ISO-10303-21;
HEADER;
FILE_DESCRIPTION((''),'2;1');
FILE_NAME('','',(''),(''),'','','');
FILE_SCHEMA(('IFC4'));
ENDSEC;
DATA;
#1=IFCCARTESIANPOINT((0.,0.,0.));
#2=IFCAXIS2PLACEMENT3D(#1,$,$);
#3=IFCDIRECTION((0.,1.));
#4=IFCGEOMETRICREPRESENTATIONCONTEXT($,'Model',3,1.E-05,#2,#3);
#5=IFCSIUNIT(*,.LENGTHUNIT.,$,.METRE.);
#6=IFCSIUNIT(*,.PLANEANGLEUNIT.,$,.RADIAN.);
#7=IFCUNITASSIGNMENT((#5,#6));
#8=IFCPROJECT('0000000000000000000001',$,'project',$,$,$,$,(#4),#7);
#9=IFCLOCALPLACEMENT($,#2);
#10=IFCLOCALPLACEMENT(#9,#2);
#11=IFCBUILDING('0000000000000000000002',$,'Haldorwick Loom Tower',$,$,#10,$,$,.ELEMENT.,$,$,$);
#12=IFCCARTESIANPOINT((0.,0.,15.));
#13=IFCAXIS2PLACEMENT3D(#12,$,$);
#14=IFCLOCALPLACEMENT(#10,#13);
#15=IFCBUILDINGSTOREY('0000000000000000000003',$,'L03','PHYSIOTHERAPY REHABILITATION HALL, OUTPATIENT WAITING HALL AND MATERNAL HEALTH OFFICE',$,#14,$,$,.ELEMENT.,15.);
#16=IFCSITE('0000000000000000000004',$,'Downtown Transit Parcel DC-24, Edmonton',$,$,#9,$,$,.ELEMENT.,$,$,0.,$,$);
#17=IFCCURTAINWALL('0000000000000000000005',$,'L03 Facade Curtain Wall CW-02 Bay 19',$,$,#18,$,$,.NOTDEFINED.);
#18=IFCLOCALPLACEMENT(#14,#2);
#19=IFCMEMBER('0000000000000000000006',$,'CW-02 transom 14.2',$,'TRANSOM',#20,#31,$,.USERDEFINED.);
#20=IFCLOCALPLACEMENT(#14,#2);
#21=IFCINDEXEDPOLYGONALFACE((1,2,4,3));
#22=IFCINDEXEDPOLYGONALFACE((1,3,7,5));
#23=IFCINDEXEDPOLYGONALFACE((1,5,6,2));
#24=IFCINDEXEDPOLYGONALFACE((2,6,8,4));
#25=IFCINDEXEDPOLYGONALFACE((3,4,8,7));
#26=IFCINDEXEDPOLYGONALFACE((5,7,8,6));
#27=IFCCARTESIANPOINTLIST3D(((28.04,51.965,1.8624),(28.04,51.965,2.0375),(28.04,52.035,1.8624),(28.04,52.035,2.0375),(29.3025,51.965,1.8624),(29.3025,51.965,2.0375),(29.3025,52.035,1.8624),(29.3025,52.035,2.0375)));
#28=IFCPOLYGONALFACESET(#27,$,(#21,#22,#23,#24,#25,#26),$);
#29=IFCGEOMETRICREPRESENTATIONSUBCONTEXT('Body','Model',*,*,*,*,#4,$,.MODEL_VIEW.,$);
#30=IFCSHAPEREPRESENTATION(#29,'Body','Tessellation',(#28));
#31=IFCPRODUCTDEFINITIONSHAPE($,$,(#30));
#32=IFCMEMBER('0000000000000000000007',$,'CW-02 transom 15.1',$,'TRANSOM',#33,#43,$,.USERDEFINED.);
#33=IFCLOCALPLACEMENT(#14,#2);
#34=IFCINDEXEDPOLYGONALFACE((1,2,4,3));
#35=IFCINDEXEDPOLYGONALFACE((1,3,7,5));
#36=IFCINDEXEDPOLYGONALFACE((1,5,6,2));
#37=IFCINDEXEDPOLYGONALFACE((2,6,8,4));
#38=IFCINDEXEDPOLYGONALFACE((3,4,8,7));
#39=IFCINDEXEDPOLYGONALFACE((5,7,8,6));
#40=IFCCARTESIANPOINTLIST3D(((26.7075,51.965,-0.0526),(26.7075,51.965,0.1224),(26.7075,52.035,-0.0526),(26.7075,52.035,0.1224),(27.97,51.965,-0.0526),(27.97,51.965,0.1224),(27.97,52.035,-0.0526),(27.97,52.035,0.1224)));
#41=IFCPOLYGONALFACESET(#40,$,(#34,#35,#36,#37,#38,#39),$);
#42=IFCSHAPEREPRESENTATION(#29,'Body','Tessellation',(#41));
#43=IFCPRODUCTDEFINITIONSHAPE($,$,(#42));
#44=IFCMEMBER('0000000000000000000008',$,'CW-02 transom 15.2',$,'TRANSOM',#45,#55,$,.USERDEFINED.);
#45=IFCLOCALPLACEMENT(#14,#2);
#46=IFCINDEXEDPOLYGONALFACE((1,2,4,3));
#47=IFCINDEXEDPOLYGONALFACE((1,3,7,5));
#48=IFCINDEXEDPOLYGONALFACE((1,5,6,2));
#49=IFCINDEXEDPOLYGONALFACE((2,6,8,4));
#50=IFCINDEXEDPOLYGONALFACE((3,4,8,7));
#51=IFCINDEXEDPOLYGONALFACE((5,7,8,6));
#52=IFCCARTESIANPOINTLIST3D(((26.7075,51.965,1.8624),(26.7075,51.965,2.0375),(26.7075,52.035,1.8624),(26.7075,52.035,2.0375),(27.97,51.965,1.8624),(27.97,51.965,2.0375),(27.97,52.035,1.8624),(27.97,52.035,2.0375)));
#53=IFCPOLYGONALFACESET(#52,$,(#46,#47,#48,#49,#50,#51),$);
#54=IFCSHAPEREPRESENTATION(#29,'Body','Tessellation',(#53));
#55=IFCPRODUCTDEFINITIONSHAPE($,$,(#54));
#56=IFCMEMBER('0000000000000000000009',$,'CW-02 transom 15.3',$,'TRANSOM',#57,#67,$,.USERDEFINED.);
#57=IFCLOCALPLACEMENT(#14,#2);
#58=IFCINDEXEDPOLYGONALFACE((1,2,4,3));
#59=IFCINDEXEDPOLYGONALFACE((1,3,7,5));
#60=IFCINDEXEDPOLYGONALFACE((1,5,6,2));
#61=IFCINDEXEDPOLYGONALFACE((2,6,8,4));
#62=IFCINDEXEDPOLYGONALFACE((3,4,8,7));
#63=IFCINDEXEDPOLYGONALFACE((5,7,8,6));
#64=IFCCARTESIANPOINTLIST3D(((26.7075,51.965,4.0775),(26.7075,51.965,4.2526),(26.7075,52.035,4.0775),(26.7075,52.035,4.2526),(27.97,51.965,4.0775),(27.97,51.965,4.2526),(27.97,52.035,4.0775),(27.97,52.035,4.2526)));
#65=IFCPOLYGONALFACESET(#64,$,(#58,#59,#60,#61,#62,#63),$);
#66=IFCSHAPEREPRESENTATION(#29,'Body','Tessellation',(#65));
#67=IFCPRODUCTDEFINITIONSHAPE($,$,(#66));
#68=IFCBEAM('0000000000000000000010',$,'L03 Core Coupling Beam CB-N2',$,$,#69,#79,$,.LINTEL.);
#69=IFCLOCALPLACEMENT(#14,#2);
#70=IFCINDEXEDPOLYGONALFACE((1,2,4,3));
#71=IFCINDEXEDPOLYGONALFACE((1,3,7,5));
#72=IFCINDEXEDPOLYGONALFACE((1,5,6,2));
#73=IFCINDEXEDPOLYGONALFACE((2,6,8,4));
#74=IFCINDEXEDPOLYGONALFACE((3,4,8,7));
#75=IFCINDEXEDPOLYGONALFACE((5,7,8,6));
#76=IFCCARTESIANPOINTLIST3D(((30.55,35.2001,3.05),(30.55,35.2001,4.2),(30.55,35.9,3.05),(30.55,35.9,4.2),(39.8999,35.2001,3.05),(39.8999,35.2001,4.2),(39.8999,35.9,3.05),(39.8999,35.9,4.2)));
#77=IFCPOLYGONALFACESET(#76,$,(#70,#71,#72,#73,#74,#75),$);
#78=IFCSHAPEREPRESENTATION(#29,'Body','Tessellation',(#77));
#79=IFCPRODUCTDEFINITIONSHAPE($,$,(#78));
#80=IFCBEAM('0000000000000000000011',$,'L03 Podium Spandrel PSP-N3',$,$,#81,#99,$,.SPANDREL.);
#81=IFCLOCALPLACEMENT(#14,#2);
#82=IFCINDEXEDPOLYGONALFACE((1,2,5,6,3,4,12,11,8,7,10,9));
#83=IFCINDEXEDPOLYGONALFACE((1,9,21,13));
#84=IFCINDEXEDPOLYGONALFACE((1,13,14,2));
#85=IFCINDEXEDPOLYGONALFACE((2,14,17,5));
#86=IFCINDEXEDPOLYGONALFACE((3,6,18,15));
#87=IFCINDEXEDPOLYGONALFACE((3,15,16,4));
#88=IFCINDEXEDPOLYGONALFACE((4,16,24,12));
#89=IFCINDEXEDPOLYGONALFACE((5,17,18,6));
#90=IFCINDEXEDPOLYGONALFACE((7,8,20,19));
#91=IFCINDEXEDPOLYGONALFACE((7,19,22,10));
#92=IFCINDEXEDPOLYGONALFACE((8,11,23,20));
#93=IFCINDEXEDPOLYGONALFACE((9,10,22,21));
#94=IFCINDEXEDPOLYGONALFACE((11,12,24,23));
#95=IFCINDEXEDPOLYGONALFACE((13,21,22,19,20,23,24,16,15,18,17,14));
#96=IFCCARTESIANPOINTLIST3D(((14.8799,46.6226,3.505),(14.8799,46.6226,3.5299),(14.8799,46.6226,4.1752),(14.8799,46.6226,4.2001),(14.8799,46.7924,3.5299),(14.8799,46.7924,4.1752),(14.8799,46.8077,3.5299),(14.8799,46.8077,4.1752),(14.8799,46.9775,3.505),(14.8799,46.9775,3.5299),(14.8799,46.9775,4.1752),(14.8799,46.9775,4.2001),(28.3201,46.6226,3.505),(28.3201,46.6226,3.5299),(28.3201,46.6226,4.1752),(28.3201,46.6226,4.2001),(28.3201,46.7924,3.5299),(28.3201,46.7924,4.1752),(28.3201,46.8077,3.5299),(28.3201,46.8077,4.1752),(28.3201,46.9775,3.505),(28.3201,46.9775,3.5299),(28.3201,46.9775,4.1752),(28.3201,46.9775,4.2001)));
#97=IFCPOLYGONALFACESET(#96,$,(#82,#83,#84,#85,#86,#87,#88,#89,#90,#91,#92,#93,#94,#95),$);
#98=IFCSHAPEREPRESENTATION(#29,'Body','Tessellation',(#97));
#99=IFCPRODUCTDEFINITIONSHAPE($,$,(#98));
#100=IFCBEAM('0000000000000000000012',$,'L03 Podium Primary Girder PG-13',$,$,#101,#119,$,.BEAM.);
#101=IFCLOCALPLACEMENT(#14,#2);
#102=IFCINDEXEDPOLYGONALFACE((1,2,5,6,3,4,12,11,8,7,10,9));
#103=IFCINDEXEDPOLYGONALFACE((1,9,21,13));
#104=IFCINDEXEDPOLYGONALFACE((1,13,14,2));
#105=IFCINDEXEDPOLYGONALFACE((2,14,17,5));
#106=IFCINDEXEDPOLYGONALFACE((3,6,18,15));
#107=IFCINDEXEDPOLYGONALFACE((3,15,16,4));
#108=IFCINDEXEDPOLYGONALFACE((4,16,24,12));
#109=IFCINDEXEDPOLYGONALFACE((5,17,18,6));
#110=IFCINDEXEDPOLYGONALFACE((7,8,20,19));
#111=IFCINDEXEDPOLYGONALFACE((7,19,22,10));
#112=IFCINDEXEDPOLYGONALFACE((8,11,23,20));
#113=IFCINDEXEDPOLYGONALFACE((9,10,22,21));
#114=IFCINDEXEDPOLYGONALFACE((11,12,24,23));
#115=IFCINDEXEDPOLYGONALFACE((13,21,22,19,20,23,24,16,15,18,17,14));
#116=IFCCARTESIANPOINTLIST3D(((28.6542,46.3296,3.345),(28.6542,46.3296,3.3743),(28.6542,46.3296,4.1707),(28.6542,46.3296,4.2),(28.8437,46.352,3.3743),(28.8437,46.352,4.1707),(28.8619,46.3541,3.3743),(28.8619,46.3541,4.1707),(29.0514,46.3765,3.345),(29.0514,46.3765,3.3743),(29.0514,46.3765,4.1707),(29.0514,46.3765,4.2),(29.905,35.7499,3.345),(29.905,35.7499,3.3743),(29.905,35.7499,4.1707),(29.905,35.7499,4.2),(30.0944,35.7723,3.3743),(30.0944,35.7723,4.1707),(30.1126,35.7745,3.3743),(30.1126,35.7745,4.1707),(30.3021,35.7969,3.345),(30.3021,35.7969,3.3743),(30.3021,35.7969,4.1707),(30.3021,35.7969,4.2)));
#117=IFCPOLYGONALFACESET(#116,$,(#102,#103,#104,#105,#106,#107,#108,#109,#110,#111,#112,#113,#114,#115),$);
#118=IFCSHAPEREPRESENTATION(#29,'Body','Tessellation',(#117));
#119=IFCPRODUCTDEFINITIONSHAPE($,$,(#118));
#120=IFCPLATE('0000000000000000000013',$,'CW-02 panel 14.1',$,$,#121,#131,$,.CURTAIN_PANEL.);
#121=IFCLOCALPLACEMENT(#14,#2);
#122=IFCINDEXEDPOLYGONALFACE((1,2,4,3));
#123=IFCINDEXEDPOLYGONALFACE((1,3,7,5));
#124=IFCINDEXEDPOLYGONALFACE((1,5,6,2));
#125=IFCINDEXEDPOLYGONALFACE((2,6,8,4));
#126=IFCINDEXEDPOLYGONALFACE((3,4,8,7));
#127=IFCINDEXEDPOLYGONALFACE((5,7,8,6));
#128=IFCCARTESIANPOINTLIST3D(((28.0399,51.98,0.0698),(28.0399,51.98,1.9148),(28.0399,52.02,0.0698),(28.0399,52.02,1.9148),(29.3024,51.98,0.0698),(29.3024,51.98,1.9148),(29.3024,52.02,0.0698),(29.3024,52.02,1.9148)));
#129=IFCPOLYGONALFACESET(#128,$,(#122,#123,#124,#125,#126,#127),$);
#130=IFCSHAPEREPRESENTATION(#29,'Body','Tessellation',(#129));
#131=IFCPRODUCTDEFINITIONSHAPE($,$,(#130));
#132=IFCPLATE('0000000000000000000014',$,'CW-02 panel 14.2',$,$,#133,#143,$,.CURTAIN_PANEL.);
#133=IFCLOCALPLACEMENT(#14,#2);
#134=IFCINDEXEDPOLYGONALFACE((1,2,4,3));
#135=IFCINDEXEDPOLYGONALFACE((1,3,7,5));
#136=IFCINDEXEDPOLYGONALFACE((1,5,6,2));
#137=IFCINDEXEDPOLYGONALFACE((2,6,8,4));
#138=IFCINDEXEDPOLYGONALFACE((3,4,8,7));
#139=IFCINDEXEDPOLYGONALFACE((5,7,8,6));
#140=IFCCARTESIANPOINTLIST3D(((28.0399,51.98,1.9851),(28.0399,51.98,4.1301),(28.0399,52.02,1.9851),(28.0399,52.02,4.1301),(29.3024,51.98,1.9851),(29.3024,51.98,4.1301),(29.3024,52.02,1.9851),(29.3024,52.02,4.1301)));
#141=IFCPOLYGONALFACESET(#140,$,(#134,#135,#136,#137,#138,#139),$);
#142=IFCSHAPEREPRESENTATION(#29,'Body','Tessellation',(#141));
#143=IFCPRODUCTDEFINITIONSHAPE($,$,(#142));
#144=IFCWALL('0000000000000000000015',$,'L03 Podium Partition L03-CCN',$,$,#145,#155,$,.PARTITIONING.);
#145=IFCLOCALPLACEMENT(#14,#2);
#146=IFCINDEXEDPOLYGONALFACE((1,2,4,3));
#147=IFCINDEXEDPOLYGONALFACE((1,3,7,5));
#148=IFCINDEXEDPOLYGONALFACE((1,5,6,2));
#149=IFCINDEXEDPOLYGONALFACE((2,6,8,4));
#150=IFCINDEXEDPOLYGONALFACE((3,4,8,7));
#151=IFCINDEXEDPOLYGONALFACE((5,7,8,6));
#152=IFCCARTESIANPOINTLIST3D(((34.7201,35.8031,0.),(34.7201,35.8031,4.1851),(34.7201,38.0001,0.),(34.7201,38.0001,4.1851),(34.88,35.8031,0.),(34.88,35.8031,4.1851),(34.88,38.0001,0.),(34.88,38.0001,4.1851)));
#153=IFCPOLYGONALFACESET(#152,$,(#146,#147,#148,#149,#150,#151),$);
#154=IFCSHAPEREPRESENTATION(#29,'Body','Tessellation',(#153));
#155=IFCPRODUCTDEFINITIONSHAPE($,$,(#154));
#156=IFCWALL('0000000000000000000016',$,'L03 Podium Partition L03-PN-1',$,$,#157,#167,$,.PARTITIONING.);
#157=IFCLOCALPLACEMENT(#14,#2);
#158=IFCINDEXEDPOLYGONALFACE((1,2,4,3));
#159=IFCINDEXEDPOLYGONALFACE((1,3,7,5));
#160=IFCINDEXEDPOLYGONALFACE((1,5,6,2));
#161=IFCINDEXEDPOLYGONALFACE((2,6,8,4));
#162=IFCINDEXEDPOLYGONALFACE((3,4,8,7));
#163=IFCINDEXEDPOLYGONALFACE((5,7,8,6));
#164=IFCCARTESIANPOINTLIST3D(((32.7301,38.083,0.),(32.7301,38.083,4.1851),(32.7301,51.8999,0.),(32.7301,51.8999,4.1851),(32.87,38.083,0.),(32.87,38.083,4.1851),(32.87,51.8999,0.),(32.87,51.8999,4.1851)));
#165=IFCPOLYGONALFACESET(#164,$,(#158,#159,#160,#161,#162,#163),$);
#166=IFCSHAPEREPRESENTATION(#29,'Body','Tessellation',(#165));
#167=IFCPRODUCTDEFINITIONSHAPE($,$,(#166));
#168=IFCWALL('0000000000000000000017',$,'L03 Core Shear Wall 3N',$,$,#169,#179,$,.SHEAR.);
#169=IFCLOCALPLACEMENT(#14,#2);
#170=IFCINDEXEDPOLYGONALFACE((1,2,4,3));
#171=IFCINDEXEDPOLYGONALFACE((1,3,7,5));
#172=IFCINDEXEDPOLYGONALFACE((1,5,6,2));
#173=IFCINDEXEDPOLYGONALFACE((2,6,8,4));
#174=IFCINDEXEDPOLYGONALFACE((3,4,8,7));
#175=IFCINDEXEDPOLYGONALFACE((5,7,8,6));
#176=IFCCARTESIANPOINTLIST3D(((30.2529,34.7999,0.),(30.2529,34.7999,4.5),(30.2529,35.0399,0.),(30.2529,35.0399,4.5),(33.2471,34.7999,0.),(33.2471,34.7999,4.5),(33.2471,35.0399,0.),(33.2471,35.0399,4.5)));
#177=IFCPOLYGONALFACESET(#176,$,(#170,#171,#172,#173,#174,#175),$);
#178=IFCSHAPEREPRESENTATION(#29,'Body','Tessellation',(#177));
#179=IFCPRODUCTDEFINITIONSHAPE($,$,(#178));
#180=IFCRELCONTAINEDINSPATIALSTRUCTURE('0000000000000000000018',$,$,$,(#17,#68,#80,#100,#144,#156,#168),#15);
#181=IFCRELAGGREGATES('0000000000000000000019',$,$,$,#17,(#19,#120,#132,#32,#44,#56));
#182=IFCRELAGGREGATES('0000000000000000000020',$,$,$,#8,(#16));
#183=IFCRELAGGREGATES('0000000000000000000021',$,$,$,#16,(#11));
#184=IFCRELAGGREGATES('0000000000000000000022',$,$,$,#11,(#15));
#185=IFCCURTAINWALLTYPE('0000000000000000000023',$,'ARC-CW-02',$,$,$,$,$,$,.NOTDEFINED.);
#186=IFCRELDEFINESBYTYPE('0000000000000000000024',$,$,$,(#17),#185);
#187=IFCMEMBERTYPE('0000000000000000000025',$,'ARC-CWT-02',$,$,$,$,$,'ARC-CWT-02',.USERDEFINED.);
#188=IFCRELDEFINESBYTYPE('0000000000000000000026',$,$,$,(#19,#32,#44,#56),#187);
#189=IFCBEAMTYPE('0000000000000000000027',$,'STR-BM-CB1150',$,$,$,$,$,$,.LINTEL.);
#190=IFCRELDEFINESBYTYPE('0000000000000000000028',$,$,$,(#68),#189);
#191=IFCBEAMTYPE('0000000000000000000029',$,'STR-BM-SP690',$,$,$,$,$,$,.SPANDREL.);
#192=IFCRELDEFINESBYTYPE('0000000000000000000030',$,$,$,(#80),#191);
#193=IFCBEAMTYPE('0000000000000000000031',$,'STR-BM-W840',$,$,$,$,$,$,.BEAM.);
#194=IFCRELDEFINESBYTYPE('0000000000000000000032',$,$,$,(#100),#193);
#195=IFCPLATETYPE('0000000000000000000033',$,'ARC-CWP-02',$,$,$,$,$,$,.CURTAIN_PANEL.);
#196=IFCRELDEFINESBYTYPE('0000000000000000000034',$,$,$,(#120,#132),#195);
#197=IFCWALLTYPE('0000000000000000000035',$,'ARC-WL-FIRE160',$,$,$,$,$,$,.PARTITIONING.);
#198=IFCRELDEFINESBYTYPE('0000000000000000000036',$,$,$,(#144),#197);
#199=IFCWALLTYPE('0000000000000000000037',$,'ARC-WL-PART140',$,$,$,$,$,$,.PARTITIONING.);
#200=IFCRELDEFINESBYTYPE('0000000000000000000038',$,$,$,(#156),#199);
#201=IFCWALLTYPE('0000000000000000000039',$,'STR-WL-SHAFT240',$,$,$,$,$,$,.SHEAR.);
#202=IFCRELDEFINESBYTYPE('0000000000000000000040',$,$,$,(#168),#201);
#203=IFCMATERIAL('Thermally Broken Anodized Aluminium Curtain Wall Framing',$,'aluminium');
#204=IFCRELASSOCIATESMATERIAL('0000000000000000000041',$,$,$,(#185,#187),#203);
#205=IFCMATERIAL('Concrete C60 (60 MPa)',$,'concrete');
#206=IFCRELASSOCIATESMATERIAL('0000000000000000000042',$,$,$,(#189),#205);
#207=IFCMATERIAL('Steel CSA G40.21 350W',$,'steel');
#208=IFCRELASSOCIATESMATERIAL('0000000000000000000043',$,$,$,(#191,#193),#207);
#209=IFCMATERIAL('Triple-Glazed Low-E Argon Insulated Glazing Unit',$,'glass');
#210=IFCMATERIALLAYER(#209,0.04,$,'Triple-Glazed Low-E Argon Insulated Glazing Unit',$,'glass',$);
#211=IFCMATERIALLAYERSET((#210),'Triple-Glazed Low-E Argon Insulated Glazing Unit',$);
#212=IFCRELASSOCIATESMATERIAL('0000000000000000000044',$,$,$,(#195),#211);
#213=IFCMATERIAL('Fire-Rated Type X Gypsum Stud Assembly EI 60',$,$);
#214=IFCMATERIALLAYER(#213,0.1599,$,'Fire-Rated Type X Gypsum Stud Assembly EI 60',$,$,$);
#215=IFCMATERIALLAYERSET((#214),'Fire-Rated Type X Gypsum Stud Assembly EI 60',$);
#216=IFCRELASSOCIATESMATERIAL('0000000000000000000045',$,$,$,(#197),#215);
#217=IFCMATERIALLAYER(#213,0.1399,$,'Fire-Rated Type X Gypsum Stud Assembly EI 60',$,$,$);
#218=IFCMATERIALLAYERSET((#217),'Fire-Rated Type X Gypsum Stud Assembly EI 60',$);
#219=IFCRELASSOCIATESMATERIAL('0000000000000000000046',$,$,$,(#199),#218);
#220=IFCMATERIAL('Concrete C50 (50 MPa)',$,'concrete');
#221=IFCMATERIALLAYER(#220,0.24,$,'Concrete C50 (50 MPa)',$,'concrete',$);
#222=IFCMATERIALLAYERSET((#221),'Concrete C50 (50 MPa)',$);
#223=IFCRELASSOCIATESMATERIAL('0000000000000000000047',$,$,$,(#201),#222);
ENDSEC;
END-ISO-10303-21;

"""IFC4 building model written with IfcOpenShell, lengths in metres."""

from ifc_helpers import new_model, si_unit, direction, frame, frame_2d, origin, origin_2d, place, context, subcontext, project, spatial, rectangle, i_section, extrude, material, layer, layer_set, material_profile, profile_set, type_object, element, aggregate, save


model = new_model("IFC4")

# Units and contexts
model_context = context("Model", 3, precision=1e-05, world=origin(), true_north=direction((0.0, 1.0)))
body_context = subcontext(model_context, "Body", "Model", "MODEL_VIEW")
ifc_project = project(units=[si_unit("LENGTHUNIT", "METRE"), si_unit("PLANEANGLEUNIT", "RADIAN")], contexts=[model_context])

# Site, building, storey
site_placement = place(None, origin())
site = spatial("IfcSite", under=ifc_project, at=site_placement, Name="Downtown Transit Parcel DC-24, Edmonton", CompositionType="ELEMENT", RefElevation=0.0)
building_placement = place(site_placement, origin())
building = spatial("IfcBuilding", under=site, at=building_placement, Name="Haldorwick Loom Tower", CompositionType="ELEMENT")
storey_placement = place(building_placement, frame((0.0, 0.0, 15.0)))
storey = spatial("IfcBuildingStorey", under=building, at=storey_placement, Name="L03", Description="PHYSIOTHERAPY REHABILITATION HALL, OUTPATIENT WAITING HALL AND MATERNAL HEALTH OFFICE", CompositionType="ELEMENT", Elevation=15.0)

# Shared definitions
ifc_material_1 = material(Name="Concrete C60 (60 MPa)", Category="concrete")

# Curtain wall, members
ifc_material_2 = material(Name="Thermally Broken Anodized Aluminium Curtain Wall Framing", Category="aluminium")
curtain_wall_type = type_object("IfcCurtainWallType", Name="ARC-CW-02", PredefinedType="NOTDEFINED", material=ifc_material_2)
curtain_wall_placement = place(storey_placement, origin())
curtain_wall = element("IfcCurtainWall", 1, at=curtain_wall_placement, inside=storey, type_object=curtain_wall_type, Name="L03 Facade Curtain Wall CW-02 Bay 19", PredefinedType="NOTDEFINED")
ifc_material_profile_1 = material_profile(ifc_material_2, rectangle(XDim=0.0701, YDim=0.175, at=origin_2d()), Name="ALU_TRN_70X175", Category="aluminium")
ifc_profile_set_1 = profile_set([ifc_material_profile_1], Name="Thermally Broken Anodized Aluminium Curtain Wall Framing")
member_type_1 = type_object("IfcMemberType", Name="ARC-CWT-02", ElementType="ARC-CWT-02", PredefinedType="USERDEFINED", material=ifc_profile_set_1)
member_1_placement = place(storey_placement, frame((29.3025, 52.0, 1.95), z_axis=(-1.0, 0.0, 0.0), x_axis=(0.0, -1.0, 0.0)))
member_1 = element("IfcMember", 2, at=member_1_placement, type_object=member_type_1, Name="CW-02 transom 14.2", ObjectType="TRANSOM", PredefinedType="USERDEFINED", context=body_context, shape_type="SweptSolid", body=[
    extrude(rectangle(XDim=0.0701, YDim=0.175, at=origin_2d()), origin(), (0.0, 0.0, 1.0), 1.2625),
])
member_2_placement = place(storey_placement, frame((27.97, 52.0, 0.0349), z_axis=(-1.0, 0.0, 0.0), x_axis=(0.0, -1.0, 0.0)))
member_2 = element("IfcMember", 3, at=member_2_placement, type_object=member_type_1, Name="CW-02 transom 15.1", ObjectType="TRANSOM", PredefinedType="USERDEFINED", context=body_context, shape_type="SweptSolid", body=[
    extrude(rectangle(XDim=0.0701, YDim=0.175, at=origin_2d()), origin(), (0.0, 0.0, 1.0), 1.2625),
])
member_3_placement = place(storey_placement, frame((27.97, 52.0, 1.95), z_axis=(-1.0, 0.0, 0.0), x_axis=(0.0, -1.0, 0.0)))
member_3 = element("IfcMember", 4, at=member_3_placement, type_object=member_type_1, Name="CW-02 transom 15.2", ObjectType="TRANSOM", PredefinedType="USERDEFINED", context=body_context, shape_type="SweptSolid", body=[
    extrude(rectangle(XDim=0.0701, YDim=0.175, at=origin_2d()), origin(), (0.0, 0.0, 1.0), 1.2625),
])
member_4_placement = place(storey_placement, frame((27.97, 52.0, 4.165), z_axis=(-1.0, 0.0, 0.0), x_axis=(0.0, -1.0, 0.0)))
member_4 = element("IfcMember", 5, at=member_4_placement, type_object=member_type_1, Name="CW-02 transom 15.3", ObjectType="TRANSOM", PredefinedType="USERDEFINED", context=body_context, shape_type="SweptSolid", body=[
    extrude(rectangle(XDim=0.0701, YDim=0.175, at=origin_2d()), origin(), (0.0, 0.0, 1.0), 1.2625),
])

# Beams
ifc_material_profile_2 = material_profile(ifc_material_1, rectangle(XDim=0.7, YDim=1.1499, at=origin_2d()), Name="RC700X1150", Category="concrete")
ifc_profile_set_2 = profile_set([ifc_material_profile_2], Name="Concrete C60 (60 MPa)")
beam_type_1 = type_object("IfcBeamType", Name="STR-BM-CB1150", PredefinedType="LINTEL", material=ifc_profile_set_2)
beam_1_placement = place(storey_placement, frame((30.55, 35.55, 3.625), z_axis=(1.0, 0.0, 0.0), x_axis=(0.0, 1.0, 0.0)))
element("IfcBeam", 6, at=beam_1_placement, inside=storey, type_object=beam_type_1, Name="L03 Core Coupling Beam CB-N2", PredefinedType="LINTEL", context=body_context, shape_type="SweptSolid", body=[
    extrude(rectangle(XDim=0.7, YDim=1.1499, at=origin_2d()), origin(), (0.0, 0.0, 1.0), 9.3499),
])
ifc_material_3 = material(Name="Steel CSA G40.21 350W", Category="steel")
ifc_material_profile_3 = material_profile(ifc_material_3, i_section(OverallWidth=0.355, OverallDepth=0.6951, WebThickness=0.0154, FlangeThickness=0.0249, at=origin_2d()), Name="W690X217", Category="steel")
ifc_profile_set_3 = profile_set([ifc_material_profile_3], Name="Steel CSA G40.21 350W")
beam_type_2 = type_object("IfcBeamType", Name="STR-BM-SP690", PredefinedType="SPANDREL", material=ifc_profile_set_3)
beam_2_placement = place(storey_placement, frame((28.3201, 46.8, 3.8525), z_axis=(-1.0, 0.0, 0.0), x_axis=(0.0, -1.0, 0.0)))
element("IfcBeam", 7, at=beam_2_placement, inside=storey, type_object=beam_type_2, Name="L03 Podium Spandrel PSP-N3", PredefinedType="SPANDREL", context=body_context, shape_type="SweptSolid", body=[
    extrude(i_section(OverallWidth=0.355, OverallDepth=0.6951, WebThickness=0.0154, FlangeThickness=0.0249, at=origin_2d()), origin(), (0.0, 0.0, 1.0), 13.4402),
])
ifc_material_profile_4 = material_profile(ifc_material_3, i_section(OverallWidth=0.3999, OverallDepth=0.855, WebThickness=0.0183, FlangeThickness=0.0293, at=origin_2d()), Name="W840X299", Category="steel")
ifc_profile_set_4 = profile_set([ifc_material_profile_4], Name="Steel CSA G40.21 350W")
beam_type_3 = type_object("IfcBeamType", Name="STR-BM-W840", PredefinedType="BEAM", material=ifc_profile_set_4)
beam_3_placement = place(storey_placement, frame((28.8528, 46.353, 3.7725), z_axis=(0.117404, -0.993084, 0.0), x_axis=(0.993084, 0.117404, 0.0)))
element("IfcBeam", 8, at=beam_3_placement, inside=storey, type_object=beam_type_3, Name="L03 Podium Primary Girder PG-13", PredefinedType="BEAM", context=body_context, shape_type="SweptSolid", body=[
    extrude(i_section(OverallWidth=0.3999, OverallDepth=0.855, WebThickness=0.0183, FlangeThickness=0.0293, at=origin_2d()), origin(), (0.0, 0.0, 1.0), 10.6533),
])

# Plates
ifc_material_4 = material(Name="Triple-Glazed Low-E Argon Insulated Glazing Unit", Category="glass")
ifc_layer_1 = layer(ifc_material_4, 0.04, Name="Triple-Glazed Low-E Argon Insulated Glazing Unit", Category="glass")
ifc_layer_set_1 = layer_set([ifc_layer_1], Name="Triple-Glazed Low-E Argon Insulated Glazing Unit")
plate_type = type_object("IfcPlateType", Name="ARC-CWP-02", PredefinedType="CURTAIN_PANEL", material=ifc_layer_set_1)
plate_1_placement = place(storey_placement, frame((28.6711, 52.0, 0.0698), z_axis=(0.0, 0.0, 1.0), x_axis=(-1.0, 0.0, 0.0)))
plate_1 = element("IfcPlate", 9, at=plate_1_placement, type_object=plate_type, Name="CW-02 panel 14.1", PredefinedType="CURTAIN_PANEL", context=body_context, shape_type="SweptSolid", body=[
    extrude(rectangle(XDim=1.2625, YDim=0.04, at=origin_2d()), origin(), (0.0, 0.0, 1.0), 1.845),
])
plate_2_placement = place(storey_placement, frame((28.6711, 52.0, 1.9851), z_axis=(0.0, 0.0, 1.0), x_axis=(-1.0, 0.0, 0.0)))
plate_2 = element("IfcPlate", 10, at=plate_2_placement, type_object=plate_type, Name="CW-02 panel 14.2", PredefinedType="CURTAIN_PANEL", context=body_context, shape_type="SweptSolid", body=[
    extrude(rectangle(XDim=1.2625, YDim=0.04, at=origin_2d()), origin(), (0.0, 0.0, 1.0), 2.145),
])
aggregate(curtain_wall, [member_1, plate_1, plate_2, member_2, member_3, member_4])

# Walls
ifc_material_5 = material(Name="Fire-Rated Type X Gypsum Stud Assembly EI 60")
ifc_layer_2 = layer(ifc_material_5, 0.1599, Name="Fire-Rated Type X Gypsum Stud Assembly EI 60")
ifc_layer_set_2 = layer_set([ifc_layer_2], Name="Fire-Rated Type X Gypsum Stud Assembly EI 60")
wall_type_1 = type_object("IfcWallType", Name="ARC-WL-FIRE160", PredefinedType="PARTITIONING", material=ifc_layer_set_2)
wall_1_placement = place(storey_placement, frame((34.8, 35.803, 0.0), z_axis=(0.0, 0.0, 1.0), x_axis=(0.0, 1.0, 0.0)))
element("IfcWall", 11, at=wall_1_placement, inside=storey, type_object=wall_type_1, Name="L03 Podium Partition L03-CCN", PredefinedType="PARTITIONING", context=body_context, shape_type="SweptSolid", body=[
    extrude(rectangle(XDim=2.197, YDim=0.1599, at=frame_2d((1.0986, 0.0))), origin(), (0.0, 0.0, 1.0), 4.1851),
])
ifc_layer_3 = layer(ifc_material_5, 0.1399, Name="Fire-Rated Type X Gypsum Stud Assembly EI 60")
ifc_layer_set_3 = layer_set([ifc_layer_3], Name="Fire-Rated Type X Gypsum Stud Assembly EI 60")
wall_type_2 = type_object("IfcWallType", Name="ARC-WL-PART140", PredefinedType="PARTITIONING", material=ifc_layer_set_3)
wall_2_placement = place(storey_placement, frame((32.8, 38.083, 0.0), z_axis=(0.0, 0.0, 1.0), x_axis=(0.0, 1.0, 0.0)))
element("IfcWall", 12, at=wall_2_placement, inside=storey, type_object=wall_type_2, Name="L03 Podium Partition L03-PN-1", PredefinedType="PARTITIONING", context=body_context, shape_type="SweptSolid", body=[
    extrude(rectangle(XDim=13.8169, YDim=0.1399, at=frame_2d((6.9084, 0.0))), origin(), (0.0, 0.0, 1.0), 4.1851),
])
ifc_material_6 = material(Name="Concrete C50 (50 MPa)", Category="concrete")
ifc_layer_4 = layer(ifc_material_6, 0.24, Name="Concrete C50 (50 MPa)", Category="concrete")
ifc_layer_set_4 = layer_set([ifc_layer_4], Name="Concrete C50 (50 MPa)")
wall_type_3 = type_object("IfcWallType", Name="STR-WL-SHAFT240", PredefinedType="SHEAR", material=ifc_layer_set_4)
wall_3_placement = place(storey_placement, frame((30.2529, 34.9199, 0.0), z_axis=(0.0, 0.0, 1.0), x_axis=(1.0, 0.0, 0.0)))
element("IfcWall", 13, at=wall_3_placement, inside=storey, type_object=wall_type_3, Name="L03 Core Shear Wall 3N", PredefinedType="SHEAR", context=body_context, shape_type="SweptSolid", body=[
    extrude(rectangle(XDim=2.9941, YDim=0.24, at=frame_2d((1.4971, 0.0))), origin(), (0.0, 0.0, 1.0), 4.5),
])

save(model, "model.ifc")
